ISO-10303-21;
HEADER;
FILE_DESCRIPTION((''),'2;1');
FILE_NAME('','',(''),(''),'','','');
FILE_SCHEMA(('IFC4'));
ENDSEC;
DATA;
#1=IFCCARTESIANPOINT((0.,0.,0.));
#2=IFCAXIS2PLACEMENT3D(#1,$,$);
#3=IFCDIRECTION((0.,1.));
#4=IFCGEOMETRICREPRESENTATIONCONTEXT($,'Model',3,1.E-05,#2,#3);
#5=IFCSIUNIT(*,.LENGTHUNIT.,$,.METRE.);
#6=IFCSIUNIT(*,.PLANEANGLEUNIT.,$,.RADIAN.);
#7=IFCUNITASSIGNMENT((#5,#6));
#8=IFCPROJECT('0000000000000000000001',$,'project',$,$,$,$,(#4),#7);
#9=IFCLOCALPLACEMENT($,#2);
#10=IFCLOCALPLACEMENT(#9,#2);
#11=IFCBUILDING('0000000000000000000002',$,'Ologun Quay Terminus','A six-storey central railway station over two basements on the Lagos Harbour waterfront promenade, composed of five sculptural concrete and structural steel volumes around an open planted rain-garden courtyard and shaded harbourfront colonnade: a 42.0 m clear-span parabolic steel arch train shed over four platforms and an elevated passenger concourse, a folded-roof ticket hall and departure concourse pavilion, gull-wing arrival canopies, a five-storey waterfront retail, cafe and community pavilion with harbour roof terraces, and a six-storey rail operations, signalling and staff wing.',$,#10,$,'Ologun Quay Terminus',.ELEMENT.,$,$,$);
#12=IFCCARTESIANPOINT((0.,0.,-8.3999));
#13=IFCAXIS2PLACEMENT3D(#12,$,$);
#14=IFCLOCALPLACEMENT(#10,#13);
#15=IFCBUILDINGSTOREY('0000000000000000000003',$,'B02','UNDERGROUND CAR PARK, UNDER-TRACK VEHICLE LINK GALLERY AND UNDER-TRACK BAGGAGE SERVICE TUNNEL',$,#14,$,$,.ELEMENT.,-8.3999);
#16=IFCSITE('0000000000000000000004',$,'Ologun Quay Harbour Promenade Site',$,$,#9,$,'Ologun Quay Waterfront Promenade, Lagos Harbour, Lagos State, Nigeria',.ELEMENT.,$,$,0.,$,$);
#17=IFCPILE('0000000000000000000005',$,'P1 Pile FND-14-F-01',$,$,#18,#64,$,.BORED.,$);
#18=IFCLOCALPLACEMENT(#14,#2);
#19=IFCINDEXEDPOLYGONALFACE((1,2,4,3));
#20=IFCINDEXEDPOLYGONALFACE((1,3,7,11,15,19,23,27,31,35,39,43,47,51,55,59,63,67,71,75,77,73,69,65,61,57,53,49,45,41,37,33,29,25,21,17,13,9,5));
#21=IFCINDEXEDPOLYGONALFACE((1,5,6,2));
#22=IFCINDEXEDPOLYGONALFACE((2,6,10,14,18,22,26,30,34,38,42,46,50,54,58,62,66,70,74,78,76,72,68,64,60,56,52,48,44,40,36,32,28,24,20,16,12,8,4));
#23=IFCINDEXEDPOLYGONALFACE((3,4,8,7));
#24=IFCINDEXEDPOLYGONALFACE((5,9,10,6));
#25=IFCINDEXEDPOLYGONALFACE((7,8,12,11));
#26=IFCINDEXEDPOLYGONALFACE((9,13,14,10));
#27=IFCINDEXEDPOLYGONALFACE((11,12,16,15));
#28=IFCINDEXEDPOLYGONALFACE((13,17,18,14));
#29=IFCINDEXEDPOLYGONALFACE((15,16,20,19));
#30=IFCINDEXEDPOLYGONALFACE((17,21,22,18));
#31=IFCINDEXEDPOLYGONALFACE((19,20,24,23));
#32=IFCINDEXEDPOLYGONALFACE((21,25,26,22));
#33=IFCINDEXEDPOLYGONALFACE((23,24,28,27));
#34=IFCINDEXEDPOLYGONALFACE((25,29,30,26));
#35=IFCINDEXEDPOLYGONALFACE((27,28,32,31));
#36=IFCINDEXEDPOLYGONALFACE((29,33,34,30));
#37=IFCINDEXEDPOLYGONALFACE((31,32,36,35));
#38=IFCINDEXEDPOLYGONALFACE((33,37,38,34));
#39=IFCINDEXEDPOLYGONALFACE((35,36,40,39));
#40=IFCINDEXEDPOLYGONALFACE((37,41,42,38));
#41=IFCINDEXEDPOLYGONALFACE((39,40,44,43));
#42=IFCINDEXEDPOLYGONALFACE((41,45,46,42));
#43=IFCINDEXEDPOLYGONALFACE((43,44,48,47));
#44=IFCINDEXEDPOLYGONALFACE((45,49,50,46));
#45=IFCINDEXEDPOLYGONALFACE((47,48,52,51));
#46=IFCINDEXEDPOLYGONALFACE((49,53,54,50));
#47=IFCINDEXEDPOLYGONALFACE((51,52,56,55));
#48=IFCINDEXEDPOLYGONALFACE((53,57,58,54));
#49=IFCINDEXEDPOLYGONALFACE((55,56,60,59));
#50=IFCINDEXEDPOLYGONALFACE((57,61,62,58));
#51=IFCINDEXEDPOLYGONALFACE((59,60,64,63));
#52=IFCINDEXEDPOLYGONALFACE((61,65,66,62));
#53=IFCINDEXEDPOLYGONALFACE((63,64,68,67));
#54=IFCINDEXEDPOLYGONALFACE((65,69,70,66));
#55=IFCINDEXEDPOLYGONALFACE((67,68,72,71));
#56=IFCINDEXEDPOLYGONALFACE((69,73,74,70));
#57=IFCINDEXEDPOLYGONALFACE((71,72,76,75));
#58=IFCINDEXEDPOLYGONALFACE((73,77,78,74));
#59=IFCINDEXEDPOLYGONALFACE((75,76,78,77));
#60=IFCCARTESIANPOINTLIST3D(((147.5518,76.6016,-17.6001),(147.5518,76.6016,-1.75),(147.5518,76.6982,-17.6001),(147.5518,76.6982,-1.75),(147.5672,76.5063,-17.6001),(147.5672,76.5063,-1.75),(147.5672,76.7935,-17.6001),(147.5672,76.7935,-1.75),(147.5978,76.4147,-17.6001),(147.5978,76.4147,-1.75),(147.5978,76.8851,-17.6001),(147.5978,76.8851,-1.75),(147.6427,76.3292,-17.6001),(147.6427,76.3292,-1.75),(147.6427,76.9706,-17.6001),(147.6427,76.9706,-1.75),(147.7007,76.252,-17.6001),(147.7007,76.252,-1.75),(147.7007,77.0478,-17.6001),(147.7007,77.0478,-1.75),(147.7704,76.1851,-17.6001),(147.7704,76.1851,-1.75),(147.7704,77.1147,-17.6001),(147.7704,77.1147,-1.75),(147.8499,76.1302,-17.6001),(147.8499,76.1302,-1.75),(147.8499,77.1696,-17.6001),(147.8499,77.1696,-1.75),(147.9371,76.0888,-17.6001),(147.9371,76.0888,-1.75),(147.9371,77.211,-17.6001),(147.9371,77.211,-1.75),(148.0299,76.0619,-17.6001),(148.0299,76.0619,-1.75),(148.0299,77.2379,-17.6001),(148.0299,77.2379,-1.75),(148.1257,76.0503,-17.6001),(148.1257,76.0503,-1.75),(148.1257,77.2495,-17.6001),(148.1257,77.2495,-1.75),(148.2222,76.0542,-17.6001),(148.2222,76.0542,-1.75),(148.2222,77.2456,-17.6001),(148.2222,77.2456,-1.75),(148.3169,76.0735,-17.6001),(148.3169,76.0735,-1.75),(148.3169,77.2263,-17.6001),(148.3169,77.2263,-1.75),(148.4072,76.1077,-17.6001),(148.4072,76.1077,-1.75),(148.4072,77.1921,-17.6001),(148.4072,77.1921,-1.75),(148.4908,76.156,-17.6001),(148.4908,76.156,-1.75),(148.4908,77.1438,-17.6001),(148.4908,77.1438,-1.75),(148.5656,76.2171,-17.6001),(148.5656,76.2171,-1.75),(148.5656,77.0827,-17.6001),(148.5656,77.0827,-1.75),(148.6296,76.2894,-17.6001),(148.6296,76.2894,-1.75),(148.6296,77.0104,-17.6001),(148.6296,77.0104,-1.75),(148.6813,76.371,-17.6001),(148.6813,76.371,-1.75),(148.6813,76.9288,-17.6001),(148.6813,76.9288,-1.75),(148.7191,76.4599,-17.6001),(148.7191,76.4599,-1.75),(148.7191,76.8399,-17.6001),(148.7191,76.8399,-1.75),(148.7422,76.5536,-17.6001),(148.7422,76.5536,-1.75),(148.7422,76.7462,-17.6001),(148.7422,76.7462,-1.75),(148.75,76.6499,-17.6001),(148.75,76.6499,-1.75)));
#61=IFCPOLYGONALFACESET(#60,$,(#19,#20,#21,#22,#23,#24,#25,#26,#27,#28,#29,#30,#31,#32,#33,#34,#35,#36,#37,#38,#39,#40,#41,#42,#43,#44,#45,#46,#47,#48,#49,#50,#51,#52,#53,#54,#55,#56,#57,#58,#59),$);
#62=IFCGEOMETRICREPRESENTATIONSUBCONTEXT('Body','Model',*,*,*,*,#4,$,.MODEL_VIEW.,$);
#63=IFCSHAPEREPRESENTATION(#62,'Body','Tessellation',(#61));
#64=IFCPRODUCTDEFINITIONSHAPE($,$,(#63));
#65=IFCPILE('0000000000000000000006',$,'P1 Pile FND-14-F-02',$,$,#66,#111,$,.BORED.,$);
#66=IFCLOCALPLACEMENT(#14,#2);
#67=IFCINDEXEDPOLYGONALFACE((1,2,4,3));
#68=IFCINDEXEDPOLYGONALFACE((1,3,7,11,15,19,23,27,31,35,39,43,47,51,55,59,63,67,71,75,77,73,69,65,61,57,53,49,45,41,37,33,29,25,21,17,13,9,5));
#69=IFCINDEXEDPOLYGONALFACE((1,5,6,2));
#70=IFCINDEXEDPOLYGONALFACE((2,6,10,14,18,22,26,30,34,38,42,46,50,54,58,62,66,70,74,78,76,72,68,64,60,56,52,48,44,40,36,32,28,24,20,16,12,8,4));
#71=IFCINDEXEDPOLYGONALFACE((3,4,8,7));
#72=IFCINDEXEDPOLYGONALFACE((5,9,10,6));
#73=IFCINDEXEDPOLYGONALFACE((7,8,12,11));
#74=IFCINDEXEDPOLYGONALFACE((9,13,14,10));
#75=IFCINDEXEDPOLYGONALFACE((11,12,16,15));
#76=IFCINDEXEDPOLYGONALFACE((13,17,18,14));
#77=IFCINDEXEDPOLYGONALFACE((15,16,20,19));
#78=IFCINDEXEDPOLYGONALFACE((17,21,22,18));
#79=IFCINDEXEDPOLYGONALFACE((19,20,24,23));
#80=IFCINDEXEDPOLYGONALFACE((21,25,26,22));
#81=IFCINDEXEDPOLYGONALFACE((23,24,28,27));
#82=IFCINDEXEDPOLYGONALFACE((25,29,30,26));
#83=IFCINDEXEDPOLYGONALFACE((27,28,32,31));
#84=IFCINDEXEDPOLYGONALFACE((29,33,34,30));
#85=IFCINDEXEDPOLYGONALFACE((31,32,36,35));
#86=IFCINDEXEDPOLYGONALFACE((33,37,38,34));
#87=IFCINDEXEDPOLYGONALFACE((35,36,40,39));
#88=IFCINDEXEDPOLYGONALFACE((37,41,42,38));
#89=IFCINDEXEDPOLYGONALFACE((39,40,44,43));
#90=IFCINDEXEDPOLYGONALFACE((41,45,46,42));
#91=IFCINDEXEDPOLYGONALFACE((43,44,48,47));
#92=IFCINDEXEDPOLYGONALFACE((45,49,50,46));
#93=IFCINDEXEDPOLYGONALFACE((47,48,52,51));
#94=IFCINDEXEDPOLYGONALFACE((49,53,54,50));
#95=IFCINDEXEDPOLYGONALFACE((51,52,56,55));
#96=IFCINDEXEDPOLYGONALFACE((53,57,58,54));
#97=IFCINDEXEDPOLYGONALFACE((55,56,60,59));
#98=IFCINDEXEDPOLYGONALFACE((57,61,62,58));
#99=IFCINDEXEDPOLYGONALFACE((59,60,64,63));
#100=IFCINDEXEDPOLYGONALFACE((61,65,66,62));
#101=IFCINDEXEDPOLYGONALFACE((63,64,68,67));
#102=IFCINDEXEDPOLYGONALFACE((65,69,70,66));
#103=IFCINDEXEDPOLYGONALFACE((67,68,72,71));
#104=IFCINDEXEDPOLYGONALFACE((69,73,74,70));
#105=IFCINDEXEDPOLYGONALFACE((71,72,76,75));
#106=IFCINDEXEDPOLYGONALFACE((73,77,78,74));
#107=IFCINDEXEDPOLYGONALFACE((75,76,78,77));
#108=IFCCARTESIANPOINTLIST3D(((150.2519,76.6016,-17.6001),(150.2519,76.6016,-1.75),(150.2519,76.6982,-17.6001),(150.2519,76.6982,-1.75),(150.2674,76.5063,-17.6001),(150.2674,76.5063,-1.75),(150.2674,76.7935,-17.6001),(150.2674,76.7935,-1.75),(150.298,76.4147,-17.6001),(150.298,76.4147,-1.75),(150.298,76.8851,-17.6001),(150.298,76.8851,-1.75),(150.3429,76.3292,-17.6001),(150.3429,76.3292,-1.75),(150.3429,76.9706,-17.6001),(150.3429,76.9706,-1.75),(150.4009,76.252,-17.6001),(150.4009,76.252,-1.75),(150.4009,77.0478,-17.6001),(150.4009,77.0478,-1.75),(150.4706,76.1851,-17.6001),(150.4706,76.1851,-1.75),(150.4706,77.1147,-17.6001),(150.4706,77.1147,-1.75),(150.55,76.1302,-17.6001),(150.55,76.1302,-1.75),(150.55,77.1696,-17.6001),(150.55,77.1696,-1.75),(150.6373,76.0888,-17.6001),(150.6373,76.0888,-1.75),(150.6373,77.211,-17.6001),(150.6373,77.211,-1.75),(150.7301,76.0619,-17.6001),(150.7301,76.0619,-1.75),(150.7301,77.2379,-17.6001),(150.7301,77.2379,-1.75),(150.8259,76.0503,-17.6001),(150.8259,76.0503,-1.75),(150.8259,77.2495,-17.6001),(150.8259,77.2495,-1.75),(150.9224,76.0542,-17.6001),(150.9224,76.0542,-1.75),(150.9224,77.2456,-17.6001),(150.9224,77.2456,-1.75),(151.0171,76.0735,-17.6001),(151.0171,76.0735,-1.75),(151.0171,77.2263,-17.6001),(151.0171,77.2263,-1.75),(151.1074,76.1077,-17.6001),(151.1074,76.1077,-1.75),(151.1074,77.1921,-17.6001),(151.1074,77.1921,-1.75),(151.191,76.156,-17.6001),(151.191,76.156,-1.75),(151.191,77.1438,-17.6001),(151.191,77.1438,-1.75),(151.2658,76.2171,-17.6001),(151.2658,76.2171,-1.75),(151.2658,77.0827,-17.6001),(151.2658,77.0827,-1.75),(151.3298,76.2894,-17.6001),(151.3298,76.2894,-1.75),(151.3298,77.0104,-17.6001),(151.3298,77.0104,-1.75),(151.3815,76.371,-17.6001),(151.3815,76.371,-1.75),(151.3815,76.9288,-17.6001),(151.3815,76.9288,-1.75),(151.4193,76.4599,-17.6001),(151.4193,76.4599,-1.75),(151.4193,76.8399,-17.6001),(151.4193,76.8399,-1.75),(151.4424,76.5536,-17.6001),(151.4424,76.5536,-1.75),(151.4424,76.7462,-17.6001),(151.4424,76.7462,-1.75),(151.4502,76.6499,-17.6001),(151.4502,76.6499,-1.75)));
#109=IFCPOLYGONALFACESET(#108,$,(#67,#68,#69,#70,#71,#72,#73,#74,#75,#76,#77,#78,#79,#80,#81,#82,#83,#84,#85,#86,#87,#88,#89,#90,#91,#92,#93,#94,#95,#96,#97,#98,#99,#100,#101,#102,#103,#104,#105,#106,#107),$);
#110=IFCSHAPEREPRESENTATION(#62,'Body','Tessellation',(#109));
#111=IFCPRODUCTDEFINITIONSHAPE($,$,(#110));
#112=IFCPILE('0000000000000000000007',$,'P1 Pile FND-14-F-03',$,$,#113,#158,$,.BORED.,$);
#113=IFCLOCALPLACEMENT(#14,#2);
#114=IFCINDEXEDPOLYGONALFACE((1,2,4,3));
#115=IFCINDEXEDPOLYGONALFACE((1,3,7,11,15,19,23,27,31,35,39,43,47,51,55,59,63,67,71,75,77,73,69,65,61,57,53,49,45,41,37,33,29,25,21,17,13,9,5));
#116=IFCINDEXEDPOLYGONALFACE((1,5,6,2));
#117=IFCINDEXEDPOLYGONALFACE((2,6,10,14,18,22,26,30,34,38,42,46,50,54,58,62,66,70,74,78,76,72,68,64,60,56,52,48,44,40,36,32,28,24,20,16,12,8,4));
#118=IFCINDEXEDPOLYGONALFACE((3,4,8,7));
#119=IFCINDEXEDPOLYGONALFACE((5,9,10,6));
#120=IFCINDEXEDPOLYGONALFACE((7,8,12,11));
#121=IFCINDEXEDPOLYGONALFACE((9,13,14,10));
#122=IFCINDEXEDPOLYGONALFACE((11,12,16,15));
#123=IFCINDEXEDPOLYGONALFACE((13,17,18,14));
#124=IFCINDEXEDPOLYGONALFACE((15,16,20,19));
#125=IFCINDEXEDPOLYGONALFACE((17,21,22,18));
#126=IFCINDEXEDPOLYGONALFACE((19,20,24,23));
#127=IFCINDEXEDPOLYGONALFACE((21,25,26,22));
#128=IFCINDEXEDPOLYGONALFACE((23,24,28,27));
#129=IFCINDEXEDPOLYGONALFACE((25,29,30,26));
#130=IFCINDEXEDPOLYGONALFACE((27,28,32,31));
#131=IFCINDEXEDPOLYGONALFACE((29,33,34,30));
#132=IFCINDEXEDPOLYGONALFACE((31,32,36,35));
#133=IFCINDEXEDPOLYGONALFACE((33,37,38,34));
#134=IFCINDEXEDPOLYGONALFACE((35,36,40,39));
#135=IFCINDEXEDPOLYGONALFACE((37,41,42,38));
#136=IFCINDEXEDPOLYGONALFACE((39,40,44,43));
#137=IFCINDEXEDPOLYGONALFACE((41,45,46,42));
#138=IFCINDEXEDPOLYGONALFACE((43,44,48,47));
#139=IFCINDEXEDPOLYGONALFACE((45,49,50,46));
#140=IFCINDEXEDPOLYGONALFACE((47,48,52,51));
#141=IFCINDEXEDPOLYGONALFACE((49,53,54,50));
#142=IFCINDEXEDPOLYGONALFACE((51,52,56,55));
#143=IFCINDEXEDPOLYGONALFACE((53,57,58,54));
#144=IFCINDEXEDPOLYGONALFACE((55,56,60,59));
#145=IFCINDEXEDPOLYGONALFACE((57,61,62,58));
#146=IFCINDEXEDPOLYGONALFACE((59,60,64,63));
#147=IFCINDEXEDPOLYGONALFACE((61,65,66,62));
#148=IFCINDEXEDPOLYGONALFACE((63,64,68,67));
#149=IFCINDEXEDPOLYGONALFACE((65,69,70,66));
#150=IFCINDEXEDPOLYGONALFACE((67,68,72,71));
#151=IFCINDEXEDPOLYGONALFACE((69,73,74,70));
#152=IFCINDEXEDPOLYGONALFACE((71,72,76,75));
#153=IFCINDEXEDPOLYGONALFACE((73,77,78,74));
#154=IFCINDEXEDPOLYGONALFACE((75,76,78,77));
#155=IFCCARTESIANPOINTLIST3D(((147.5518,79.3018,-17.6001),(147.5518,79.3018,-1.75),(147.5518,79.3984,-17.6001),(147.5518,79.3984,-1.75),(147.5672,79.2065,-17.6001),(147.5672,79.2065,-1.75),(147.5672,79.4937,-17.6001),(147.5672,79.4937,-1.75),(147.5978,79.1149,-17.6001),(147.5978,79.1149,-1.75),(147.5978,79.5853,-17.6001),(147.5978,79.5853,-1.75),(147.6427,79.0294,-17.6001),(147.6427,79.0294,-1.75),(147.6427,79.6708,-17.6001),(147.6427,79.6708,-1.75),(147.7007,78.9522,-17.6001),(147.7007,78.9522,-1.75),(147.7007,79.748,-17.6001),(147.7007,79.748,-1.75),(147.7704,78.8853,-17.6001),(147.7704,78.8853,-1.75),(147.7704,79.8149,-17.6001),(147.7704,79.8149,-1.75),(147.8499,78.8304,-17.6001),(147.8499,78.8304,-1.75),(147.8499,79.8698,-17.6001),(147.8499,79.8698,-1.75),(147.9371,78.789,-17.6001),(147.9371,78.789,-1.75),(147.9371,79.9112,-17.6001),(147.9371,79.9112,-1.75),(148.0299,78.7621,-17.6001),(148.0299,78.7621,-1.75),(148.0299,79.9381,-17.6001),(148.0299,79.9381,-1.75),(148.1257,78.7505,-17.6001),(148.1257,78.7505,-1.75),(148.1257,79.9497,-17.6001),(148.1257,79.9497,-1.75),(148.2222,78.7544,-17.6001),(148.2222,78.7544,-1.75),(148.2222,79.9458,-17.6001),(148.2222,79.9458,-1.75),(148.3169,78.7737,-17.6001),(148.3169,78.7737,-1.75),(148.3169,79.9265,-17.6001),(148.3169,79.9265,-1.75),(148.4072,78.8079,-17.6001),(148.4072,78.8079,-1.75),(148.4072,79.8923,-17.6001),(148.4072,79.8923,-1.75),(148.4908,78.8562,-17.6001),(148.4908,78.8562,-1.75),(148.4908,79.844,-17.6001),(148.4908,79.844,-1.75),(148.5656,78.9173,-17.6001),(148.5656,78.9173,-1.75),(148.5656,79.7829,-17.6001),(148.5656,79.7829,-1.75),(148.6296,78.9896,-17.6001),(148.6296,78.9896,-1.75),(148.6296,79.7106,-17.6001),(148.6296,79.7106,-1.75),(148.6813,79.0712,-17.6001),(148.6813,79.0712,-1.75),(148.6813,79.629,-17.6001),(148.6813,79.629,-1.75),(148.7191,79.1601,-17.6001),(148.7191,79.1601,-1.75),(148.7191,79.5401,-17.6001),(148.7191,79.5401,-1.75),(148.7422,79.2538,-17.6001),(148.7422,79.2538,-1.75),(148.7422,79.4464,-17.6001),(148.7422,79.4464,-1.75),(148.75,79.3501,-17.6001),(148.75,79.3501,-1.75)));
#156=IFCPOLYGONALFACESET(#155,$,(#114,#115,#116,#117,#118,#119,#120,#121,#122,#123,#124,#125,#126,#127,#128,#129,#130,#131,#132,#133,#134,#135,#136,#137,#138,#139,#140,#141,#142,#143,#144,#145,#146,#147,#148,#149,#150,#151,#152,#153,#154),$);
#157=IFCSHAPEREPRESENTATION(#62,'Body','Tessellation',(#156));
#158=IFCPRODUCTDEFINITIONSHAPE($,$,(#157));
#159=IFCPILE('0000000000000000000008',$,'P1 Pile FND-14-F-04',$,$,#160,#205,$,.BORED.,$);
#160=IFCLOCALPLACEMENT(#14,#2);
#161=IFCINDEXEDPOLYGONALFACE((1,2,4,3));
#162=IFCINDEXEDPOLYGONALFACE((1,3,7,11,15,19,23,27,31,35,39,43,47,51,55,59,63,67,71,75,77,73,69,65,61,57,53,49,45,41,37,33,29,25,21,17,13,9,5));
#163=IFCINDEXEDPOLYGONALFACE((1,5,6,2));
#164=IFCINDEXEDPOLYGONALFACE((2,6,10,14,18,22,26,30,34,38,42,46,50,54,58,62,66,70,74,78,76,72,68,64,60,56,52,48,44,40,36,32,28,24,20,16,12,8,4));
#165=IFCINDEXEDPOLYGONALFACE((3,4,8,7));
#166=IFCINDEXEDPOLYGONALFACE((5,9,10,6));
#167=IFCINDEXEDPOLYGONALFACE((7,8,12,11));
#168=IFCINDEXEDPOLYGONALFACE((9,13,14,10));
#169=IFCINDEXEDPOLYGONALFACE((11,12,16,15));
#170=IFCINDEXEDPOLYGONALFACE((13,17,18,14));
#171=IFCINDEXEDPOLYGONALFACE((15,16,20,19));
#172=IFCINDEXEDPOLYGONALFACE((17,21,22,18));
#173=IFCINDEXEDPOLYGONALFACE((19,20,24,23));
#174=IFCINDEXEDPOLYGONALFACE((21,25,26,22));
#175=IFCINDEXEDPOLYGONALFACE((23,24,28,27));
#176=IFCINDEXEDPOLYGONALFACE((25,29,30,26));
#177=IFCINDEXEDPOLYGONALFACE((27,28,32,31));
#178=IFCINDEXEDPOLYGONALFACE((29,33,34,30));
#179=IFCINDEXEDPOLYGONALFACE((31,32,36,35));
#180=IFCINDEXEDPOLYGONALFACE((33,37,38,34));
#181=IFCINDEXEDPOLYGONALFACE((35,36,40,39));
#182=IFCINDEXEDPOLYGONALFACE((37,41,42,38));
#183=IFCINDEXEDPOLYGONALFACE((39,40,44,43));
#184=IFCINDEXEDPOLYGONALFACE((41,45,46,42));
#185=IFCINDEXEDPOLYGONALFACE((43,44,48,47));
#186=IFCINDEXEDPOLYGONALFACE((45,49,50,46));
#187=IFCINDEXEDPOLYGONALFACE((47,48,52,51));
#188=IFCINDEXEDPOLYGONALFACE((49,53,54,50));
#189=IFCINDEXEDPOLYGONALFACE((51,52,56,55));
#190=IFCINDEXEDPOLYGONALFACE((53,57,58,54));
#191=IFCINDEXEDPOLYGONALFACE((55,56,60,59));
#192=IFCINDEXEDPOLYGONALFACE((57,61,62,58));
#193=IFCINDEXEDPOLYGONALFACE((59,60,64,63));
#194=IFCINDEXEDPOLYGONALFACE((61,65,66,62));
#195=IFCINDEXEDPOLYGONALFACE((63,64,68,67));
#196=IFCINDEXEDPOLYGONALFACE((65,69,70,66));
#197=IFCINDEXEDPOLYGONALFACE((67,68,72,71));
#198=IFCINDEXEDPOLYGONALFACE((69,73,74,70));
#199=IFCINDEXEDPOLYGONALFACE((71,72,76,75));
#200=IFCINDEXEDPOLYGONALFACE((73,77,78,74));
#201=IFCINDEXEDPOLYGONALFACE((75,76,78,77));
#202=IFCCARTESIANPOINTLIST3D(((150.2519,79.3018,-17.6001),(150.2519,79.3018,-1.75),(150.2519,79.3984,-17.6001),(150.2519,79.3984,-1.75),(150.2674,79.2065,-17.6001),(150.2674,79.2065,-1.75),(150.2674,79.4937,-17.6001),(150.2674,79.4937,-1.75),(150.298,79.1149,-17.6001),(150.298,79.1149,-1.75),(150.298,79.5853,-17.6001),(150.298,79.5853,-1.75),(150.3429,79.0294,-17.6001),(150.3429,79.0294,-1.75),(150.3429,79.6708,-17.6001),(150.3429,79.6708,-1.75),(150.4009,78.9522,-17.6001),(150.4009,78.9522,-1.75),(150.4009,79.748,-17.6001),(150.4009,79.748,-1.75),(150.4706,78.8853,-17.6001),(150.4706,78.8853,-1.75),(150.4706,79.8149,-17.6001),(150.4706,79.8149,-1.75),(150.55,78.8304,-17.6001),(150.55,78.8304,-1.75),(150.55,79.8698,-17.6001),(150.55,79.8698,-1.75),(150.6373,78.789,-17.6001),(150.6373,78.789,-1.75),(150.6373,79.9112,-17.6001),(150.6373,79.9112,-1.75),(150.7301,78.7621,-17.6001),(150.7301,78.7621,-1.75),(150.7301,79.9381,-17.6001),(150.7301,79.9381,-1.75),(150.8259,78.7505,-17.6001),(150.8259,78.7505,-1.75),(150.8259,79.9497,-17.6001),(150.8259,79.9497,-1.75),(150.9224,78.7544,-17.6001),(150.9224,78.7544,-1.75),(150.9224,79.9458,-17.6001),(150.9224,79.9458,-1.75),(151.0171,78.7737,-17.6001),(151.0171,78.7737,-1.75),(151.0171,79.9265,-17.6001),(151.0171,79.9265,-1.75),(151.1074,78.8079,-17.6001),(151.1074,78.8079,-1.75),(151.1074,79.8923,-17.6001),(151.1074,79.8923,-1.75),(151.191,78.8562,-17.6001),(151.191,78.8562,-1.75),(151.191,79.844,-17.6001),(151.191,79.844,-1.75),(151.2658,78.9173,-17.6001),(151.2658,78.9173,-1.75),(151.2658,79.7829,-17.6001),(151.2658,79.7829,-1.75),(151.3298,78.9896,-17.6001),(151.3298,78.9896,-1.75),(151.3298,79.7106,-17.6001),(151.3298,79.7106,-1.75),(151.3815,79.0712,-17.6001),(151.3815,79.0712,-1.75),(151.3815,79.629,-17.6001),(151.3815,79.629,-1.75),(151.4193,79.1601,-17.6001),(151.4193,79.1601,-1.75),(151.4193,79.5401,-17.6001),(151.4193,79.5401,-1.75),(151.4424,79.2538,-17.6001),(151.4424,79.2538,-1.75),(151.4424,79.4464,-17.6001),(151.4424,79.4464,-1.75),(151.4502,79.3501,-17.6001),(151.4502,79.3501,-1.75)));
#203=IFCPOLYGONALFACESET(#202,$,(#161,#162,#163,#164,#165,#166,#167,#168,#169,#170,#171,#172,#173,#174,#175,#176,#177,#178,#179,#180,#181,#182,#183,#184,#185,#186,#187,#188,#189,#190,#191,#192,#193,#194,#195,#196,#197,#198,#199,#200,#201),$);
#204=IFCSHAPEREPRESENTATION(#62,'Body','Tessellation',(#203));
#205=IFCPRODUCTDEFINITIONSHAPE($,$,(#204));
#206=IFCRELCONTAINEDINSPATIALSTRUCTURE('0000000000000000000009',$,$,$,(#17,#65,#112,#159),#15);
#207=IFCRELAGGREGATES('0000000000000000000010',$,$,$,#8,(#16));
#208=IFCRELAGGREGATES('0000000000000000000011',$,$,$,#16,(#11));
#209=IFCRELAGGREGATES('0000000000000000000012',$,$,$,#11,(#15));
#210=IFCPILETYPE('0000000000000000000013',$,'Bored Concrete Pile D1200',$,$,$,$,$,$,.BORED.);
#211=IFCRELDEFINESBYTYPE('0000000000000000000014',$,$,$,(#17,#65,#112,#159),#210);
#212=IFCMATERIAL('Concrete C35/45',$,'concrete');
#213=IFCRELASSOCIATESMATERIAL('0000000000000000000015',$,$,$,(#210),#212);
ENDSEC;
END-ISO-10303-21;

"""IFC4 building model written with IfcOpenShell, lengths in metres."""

from ifc_helpers import new_model, si_unit, direction, frame, origin, origin_2d, place, context, subcontext, project, spatial, circle, extrude, material, material_profile, profile_set, type_object, element, save


model = new_model("IFC4")

# Units and contexts
model_context = context("Model", 3, precision=1e-05, world=origin(), true_north=direction((0.0, 1.0)))
body_context = subcontext(model_context, "Body", "Model", "MODEL_VIEW")
ifc_project = project(units=[si_unit("LENGTHUNIT", "METRE"), si_unit("PLANEANGLEUNIT", "RADIAN")], contexts=[model_context])

# Site, building, storey
site_placement = place(None, origin())
site = spatial("IfcSite", under=ifc_project, at=site_placement, Name="Ologun Quay Harbour Promenade Site", LongName="Ologun Quay Waterfront Promenade, Lagos Harbour, Lagos State, Nigeria", CompositionType="ELEMENT", RefElevation=0.0)
building_placement = place(site_placement, origin())
building = spatial("IfcBuilding", under=site, at=building_placement, Name="Ologun Quay Terminus", Description="A six-storey central railway station over two basements on the Lagos Harbour waterfront promenade, composed of five sculptural concrete and structural steel volumes around an open planted rain-garden courtyard and shaded harbourfront colonnade: a 42.0 m clear-span parabolic steel arch train shed over four platforms and an elevated passenger concourse, a folded-roof ticket hall and departure concourse pavilion, gull-wing arrival canopies, a five-storey waterfront retail, cafe and community pavilion with harbour roof terraces, and a six-storey rail operations, signalling and staff wing.", LongName="Ologun Quay Terminus", CompositionType="ELEMENT")
storey_placement = place(building_placement, frame((0.0, 0.0, -8.3999)))
storey = spatial("IfcBuildingStorey", under=building, at=storey_placement, Name="B02", Description="UNDERGROUND CAR PARK, UNDER-TRACK VEHICLE LINK GALLERY AND UNDER-TRACK BAGGAGE SERVICE TUNNEL", CompositionType="ELEMENT", Elevation=-8.3999)

# Piles
ifc_material_1 = material(Name="Concrete C35/45", Category="concrete")
ifc_material_profile_1 = material_profile(ifc_material_1, circle(Radius=0.6001, at=origin_2d()), Name="PILE D1200")
ifc_profile_set_1 = profile_set([ifc_material_profile_1], Name="Concrete C35/45")
pile_type_1 = type_object("IfcPileType", Name="Bored Concrete Pile D1200", PredefinedType="BORED", material=ifc_profile_set_1)
for number, where, z_axis, x_axis, name in (
    (1, (148.1499, 76.6499, -1.75), (0.0, 0.0, -1.0), (1.0, 0.0, 0.0), "P1 Pile FND-14-F-01"),
    (2, (150.8501, 76.6499, -1.75), (0.0, 0.0, -1.0), (1.0, 0.0, 0.0), "P1 Pile FND-14-F-02"),
    (3, (148.1499, 79.3501, -1.75), (0.0, 0.0, -1.0), (1.0, 0.0, 0.0), "P1 Pile FND-14-F-03"),
    (4, (150.8501, 79.3501, -1.75), (0.0, 0.0, -1.0), (1.0, 0.0, 0.0), "P1 Pile FND-14-F-04"),
):
    element("IfcPile", number, at=place(storey_placement, frame(where, z_axis=z_axis, x_axis=x_axis)), inside=storey, type_object=pile_type_1, Name=name, PredefinedType="BORED", context=body_context, shape_type="SweptSolid", body=[
        extrude(circle(Radius=0.6001, at=origin_2d()), origin(), (0.0, 0.0, 1.0), 15.8501),
    ])

save(model, "model.ifc")
